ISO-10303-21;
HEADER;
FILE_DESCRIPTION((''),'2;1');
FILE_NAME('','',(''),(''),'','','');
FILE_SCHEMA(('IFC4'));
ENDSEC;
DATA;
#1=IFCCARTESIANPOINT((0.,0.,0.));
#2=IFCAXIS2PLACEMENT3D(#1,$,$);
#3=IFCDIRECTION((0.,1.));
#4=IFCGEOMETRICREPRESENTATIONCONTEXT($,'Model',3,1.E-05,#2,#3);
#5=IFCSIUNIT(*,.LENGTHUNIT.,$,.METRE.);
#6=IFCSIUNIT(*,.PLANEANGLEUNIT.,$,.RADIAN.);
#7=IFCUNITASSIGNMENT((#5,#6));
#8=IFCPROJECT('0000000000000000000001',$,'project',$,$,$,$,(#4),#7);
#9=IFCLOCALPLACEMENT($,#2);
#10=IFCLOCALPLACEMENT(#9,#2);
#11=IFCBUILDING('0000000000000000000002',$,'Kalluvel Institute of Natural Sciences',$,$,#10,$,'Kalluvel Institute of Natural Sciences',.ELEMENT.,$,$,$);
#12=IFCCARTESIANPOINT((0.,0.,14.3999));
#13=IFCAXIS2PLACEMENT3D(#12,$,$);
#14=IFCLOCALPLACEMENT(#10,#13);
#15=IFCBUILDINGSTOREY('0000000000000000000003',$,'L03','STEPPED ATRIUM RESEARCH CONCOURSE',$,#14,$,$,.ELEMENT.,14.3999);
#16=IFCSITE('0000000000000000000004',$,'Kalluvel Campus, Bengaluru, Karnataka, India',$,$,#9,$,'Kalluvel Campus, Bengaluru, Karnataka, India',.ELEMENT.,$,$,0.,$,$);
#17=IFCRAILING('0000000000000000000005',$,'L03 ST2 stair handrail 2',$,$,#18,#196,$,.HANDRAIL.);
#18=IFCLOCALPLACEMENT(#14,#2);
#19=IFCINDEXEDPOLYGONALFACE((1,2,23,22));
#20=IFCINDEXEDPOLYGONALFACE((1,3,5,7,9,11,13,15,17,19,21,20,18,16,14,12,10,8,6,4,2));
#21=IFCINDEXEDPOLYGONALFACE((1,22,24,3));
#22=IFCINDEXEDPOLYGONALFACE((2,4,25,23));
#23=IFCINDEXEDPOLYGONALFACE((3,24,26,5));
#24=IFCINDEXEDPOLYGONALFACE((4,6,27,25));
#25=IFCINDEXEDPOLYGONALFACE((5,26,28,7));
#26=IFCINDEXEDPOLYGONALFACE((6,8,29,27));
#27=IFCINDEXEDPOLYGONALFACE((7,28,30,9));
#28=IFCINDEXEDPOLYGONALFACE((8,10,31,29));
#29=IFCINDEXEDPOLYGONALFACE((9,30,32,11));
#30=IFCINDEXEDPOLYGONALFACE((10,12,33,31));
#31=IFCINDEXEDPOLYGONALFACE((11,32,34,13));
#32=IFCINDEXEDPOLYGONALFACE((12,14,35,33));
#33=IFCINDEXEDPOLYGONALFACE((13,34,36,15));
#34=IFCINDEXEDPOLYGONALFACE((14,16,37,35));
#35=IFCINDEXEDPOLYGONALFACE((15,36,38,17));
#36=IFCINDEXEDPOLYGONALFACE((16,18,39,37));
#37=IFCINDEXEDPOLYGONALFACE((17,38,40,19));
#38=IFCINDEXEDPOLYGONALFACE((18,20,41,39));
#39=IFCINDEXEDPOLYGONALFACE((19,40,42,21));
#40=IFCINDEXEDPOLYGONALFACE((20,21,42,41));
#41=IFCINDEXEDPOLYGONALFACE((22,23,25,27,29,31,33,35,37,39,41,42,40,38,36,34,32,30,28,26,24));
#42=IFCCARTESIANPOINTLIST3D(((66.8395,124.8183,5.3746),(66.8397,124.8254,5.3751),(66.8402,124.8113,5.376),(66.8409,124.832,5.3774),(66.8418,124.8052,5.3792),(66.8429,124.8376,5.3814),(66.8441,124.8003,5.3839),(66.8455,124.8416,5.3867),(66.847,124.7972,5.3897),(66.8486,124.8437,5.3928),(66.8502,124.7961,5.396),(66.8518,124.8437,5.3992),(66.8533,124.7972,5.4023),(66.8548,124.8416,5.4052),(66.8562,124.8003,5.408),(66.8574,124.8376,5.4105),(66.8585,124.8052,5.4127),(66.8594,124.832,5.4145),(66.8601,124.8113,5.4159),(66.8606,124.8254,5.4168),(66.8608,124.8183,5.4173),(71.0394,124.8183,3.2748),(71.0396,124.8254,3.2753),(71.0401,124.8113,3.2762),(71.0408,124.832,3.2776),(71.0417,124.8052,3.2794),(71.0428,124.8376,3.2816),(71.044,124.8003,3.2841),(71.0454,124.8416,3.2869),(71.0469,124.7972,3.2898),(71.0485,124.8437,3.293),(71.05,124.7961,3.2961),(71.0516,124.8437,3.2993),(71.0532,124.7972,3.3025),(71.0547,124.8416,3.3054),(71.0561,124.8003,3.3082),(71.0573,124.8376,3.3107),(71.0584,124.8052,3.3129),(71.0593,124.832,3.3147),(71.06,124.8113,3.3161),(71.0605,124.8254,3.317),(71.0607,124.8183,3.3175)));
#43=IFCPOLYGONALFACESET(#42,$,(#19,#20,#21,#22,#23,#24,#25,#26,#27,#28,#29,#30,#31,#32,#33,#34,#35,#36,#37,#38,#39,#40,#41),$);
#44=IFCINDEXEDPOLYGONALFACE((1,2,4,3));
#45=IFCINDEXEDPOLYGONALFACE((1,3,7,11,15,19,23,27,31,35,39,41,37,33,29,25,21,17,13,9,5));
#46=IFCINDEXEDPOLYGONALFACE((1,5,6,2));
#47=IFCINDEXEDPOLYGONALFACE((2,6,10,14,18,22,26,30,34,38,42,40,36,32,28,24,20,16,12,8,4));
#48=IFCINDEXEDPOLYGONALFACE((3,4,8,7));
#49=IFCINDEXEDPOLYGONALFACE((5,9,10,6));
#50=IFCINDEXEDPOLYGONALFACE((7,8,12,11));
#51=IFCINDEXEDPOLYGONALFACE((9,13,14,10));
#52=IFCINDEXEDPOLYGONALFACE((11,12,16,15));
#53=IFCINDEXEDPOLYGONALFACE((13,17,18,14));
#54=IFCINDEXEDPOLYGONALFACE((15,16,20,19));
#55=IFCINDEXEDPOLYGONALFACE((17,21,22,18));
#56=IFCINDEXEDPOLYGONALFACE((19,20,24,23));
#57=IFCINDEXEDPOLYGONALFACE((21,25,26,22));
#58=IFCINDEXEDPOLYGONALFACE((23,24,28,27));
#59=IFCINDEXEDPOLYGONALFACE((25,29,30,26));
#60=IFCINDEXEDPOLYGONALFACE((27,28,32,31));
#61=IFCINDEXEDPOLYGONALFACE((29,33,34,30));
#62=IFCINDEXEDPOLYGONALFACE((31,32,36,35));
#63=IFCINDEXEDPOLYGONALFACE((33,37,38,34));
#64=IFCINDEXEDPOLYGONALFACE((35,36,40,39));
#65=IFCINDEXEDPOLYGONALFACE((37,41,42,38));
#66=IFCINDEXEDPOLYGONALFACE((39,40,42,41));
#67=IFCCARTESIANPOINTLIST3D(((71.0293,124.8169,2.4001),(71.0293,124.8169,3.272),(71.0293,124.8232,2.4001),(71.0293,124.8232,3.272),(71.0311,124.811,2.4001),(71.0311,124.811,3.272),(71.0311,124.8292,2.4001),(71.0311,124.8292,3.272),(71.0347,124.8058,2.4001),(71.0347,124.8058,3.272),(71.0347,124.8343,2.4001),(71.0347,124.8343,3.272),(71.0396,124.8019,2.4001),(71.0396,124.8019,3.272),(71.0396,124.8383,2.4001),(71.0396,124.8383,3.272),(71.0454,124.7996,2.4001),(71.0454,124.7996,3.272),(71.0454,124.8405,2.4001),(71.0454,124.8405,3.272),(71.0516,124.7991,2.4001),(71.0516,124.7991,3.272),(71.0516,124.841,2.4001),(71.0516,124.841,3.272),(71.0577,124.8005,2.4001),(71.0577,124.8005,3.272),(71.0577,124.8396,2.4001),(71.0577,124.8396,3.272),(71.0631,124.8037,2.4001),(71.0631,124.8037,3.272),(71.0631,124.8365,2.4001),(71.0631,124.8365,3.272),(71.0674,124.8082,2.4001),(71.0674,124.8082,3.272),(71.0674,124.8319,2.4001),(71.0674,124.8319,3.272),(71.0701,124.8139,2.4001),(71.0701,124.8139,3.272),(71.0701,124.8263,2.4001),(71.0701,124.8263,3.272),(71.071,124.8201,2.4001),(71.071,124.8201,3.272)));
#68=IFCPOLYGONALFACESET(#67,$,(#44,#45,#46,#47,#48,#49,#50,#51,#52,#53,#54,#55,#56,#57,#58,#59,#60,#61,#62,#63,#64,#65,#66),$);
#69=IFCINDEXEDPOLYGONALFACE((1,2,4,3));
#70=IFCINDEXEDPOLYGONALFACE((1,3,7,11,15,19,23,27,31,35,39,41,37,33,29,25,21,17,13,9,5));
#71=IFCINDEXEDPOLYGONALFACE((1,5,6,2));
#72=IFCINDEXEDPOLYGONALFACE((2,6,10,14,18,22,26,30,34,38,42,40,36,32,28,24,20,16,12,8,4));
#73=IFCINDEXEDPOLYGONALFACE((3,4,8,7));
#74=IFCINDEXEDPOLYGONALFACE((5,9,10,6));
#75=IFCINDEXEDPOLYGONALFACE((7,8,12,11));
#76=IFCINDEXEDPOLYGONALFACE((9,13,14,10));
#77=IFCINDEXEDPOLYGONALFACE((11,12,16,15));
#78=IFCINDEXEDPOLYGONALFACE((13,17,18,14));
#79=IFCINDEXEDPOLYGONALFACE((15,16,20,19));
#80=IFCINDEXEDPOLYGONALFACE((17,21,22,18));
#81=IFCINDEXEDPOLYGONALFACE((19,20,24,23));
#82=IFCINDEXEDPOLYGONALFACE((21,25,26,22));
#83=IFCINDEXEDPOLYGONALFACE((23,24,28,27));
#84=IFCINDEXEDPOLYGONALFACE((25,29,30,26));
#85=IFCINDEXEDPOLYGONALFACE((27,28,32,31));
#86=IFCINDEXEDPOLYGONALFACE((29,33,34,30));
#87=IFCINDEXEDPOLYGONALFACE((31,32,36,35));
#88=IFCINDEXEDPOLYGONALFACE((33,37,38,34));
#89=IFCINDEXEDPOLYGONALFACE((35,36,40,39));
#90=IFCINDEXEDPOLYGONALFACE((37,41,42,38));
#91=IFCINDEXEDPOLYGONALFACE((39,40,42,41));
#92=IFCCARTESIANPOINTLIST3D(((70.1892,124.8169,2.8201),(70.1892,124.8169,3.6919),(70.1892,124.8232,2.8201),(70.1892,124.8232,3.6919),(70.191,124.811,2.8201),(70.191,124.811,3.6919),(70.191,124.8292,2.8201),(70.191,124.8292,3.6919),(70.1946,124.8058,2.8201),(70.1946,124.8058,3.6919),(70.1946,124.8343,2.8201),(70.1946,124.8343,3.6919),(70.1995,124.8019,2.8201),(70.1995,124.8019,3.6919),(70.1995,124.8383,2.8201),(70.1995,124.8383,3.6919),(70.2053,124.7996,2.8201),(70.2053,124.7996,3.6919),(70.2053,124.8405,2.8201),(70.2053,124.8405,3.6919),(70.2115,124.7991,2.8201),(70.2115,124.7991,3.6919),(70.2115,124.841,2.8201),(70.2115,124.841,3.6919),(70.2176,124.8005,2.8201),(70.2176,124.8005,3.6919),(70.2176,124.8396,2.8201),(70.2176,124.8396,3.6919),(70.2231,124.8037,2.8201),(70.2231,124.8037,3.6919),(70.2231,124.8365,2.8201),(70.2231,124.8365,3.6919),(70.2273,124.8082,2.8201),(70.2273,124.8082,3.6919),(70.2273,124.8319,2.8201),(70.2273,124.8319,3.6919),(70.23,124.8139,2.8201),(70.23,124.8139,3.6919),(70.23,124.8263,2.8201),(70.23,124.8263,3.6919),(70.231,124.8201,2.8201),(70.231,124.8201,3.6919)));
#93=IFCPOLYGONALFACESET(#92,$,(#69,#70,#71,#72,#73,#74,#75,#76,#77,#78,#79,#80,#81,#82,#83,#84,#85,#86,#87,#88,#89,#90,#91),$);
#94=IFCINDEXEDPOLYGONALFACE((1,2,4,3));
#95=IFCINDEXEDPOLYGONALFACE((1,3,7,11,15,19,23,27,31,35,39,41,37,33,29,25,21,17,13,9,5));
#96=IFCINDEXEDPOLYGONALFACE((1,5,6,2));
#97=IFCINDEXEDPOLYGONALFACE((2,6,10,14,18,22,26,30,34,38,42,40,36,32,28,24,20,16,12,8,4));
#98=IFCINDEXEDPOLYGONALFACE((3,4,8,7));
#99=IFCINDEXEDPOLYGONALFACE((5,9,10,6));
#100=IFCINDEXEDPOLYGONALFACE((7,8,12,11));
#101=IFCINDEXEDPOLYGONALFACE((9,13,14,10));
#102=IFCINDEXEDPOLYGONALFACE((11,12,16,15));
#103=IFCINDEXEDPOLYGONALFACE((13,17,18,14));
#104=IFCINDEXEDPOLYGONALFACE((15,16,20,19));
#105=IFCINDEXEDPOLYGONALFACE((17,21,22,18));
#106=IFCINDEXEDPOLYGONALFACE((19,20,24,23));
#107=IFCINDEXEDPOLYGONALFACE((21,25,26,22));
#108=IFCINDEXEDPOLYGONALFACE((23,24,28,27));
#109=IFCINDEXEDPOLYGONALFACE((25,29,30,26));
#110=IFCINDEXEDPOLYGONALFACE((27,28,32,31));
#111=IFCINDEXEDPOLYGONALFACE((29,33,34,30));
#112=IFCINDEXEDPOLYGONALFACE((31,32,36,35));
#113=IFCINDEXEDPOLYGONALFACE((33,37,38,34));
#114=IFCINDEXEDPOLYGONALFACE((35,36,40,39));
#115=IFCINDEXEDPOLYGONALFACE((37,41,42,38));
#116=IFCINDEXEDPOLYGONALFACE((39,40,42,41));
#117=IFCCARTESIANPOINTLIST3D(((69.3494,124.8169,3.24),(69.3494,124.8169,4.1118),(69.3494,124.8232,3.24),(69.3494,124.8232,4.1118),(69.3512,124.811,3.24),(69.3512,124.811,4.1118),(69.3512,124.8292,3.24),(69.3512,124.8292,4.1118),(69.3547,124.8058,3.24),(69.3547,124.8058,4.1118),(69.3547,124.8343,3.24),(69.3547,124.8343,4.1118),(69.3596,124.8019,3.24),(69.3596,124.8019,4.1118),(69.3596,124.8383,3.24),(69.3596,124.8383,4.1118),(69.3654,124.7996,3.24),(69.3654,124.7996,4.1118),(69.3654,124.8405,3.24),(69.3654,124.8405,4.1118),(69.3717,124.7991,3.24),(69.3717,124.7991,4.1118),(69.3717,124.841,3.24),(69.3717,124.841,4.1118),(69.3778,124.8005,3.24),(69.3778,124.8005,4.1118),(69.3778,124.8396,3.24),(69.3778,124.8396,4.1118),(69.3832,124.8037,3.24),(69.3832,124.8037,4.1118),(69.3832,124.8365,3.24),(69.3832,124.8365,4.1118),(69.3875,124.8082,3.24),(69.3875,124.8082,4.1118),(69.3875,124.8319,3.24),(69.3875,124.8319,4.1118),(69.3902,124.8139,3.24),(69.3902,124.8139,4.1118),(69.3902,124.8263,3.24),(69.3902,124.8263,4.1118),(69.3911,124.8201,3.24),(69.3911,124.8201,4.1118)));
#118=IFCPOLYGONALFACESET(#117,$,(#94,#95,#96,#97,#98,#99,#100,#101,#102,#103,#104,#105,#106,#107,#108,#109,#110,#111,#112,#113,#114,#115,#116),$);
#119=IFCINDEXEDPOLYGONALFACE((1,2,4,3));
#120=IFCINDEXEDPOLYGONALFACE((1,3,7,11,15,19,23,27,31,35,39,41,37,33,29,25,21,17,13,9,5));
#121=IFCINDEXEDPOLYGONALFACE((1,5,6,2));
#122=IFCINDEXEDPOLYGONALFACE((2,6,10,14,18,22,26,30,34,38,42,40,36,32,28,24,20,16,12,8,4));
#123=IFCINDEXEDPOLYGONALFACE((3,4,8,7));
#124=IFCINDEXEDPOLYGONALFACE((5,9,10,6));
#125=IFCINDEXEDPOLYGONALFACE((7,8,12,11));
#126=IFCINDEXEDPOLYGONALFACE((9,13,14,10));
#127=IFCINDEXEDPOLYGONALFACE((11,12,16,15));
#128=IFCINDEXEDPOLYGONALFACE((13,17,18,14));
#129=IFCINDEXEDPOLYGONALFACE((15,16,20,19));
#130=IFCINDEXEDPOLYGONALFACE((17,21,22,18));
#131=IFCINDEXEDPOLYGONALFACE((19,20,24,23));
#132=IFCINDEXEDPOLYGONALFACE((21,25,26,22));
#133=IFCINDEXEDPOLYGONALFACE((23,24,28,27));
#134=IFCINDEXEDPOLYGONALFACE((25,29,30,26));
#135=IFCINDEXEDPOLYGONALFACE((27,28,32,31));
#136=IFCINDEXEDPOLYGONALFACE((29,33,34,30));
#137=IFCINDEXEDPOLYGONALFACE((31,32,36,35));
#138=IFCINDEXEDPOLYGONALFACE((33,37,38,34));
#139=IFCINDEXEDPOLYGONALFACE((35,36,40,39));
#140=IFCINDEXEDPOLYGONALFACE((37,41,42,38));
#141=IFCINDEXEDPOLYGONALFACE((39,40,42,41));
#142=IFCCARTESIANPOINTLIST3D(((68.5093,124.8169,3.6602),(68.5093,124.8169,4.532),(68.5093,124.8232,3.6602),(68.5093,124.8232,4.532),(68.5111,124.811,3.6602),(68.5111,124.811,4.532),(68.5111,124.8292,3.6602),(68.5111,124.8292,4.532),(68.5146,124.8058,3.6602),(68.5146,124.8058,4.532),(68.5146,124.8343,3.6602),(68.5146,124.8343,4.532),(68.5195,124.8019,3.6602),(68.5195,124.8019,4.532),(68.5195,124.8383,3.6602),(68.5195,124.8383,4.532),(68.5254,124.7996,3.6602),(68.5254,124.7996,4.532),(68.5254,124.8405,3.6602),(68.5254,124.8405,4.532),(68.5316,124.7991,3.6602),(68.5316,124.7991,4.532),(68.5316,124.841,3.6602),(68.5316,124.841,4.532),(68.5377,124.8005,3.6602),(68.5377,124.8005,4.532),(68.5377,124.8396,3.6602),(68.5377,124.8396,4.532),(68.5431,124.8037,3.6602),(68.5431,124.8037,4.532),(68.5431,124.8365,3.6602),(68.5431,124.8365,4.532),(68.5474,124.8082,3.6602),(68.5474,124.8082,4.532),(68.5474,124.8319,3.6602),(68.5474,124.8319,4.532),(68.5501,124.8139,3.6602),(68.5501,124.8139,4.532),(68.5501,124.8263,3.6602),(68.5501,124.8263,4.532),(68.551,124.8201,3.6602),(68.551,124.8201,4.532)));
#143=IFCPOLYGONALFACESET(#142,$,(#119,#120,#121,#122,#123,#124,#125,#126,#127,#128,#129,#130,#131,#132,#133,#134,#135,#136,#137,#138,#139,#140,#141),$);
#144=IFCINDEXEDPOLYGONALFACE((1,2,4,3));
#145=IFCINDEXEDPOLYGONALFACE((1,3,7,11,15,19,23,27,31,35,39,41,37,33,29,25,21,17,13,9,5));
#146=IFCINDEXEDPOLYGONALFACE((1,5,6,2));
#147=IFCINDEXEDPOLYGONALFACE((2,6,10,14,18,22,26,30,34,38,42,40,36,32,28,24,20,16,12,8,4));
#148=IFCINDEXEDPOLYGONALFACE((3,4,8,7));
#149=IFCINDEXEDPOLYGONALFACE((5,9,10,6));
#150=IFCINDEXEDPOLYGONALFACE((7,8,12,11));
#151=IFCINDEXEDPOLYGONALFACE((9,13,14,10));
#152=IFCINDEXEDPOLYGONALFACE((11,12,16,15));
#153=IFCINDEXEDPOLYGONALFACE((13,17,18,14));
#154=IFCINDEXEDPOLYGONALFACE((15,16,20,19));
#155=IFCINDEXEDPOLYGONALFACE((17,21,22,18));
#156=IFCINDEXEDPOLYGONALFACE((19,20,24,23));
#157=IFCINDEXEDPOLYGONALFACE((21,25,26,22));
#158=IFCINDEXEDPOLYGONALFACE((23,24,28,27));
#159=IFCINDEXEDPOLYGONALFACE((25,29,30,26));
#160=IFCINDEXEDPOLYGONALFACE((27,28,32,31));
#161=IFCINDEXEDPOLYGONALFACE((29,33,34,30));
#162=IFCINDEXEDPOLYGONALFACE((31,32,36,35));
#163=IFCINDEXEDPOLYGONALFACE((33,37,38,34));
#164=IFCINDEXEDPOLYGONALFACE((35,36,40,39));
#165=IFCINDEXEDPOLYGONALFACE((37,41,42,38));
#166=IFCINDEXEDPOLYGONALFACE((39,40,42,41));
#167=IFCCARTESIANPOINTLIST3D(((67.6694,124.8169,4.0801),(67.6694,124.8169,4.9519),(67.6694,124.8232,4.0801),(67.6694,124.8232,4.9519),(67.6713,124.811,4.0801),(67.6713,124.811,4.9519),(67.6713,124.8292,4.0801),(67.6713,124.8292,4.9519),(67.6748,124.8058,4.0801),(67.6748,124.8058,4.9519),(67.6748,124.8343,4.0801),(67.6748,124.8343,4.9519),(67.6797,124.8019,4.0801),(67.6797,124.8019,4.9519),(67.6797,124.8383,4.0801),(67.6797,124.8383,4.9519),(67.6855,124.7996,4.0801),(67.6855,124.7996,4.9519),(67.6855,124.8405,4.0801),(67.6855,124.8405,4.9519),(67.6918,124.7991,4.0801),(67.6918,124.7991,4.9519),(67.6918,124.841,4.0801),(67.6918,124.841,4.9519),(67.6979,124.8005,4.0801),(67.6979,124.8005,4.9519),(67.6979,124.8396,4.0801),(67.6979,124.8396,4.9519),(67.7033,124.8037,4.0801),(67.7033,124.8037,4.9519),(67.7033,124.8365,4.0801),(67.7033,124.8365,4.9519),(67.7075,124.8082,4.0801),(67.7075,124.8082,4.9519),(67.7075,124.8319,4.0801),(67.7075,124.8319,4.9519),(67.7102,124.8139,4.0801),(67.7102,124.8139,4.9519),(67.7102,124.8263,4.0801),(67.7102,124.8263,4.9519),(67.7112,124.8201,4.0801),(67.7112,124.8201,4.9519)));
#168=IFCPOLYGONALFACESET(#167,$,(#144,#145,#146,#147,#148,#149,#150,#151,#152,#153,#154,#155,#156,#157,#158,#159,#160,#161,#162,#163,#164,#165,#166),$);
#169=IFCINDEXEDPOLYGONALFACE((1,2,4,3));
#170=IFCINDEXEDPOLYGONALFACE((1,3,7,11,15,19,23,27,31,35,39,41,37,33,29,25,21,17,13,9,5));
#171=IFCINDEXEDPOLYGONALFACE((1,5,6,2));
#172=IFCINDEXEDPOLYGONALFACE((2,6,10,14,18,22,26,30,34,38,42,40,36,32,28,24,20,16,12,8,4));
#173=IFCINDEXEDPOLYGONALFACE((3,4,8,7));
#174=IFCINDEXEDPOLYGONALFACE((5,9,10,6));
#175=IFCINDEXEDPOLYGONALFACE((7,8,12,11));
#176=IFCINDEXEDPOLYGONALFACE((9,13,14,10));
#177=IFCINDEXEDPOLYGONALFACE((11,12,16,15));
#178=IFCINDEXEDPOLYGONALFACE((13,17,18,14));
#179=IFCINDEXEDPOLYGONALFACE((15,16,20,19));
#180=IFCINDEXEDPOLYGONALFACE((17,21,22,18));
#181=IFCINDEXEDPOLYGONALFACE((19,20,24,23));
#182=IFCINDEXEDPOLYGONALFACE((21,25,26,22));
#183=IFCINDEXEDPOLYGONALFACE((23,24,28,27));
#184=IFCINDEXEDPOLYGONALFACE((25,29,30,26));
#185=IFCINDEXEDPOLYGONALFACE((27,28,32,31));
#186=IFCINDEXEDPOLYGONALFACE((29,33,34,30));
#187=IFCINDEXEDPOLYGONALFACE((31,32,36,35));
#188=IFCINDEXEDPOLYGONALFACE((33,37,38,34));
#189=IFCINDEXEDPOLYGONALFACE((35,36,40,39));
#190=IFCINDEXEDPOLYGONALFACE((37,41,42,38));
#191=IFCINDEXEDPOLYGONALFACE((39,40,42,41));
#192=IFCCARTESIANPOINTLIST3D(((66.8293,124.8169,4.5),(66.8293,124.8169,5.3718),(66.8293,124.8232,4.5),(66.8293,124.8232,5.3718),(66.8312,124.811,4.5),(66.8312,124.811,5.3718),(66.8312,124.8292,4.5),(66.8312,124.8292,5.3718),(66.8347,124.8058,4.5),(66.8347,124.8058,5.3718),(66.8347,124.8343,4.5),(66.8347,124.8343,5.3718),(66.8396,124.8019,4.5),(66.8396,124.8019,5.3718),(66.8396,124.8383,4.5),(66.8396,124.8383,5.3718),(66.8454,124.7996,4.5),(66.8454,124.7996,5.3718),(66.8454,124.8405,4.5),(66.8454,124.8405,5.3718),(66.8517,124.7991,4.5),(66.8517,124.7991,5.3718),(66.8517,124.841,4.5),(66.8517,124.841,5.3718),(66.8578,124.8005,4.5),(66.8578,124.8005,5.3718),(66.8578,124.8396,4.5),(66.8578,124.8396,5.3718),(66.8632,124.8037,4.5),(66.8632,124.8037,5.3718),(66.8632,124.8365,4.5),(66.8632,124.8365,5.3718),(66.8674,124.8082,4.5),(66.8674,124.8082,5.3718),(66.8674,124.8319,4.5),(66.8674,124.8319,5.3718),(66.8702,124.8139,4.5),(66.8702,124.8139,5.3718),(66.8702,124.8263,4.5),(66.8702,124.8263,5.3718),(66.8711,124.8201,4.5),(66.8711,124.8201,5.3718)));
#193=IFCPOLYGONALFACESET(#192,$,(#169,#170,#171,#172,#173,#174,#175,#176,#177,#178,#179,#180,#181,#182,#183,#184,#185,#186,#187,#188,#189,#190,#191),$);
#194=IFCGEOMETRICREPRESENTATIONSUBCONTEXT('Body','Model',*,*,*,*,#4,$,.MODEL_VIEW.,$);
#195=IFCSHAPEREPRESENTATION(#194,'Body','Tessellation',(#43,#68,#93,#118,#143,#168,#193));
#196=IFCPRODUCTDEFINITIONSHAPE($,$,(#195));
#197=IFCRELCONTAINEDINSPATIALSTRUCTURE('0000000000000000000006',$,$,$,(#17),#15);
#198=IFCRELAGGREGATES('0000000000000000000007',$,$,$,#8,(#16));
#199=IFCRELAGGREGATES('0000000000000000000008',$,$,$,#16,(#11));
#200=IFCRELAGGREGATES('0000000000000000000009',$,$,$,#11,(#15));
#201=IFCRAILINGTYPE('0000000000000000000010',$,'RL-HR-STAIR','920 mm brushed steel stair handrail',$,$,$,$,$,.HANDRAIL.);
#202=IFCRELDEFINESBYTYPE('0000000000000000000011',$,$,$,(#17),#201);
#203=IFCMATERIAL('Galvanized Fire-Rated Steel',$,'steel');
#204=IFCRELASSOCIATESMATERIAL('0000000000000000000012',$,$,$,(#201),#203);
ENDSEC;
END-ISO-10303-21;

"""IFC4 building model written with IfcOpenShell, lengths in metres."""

from ifc_helpers import new_model, si_unit, direction, frame, origin, origin_2d, place, context, subcontext, project, spatial, circle, extrude, material, type_object, element, save


model = new_model("IFC4")

# Units and contexts
model_context = context("Model", 3, precision=1e-05, world=origin(), true_north=direction((0.0, 1.0)))
body_context = subcontext(model_context, "Body", "Model", "MODEL_VIEW")
ifc_project = project(units=[si_unit("LENGTHUNIT", "METRE"), si_unit("PLANEANGLEUNIT", "RADIAN")], contexts=[model_context])

# Site, building, storey
site_placement = place(None, origin())
site = spatial("IfcSite", under=ifc_project, at=site_placement, Name="Kalluvel Campus, Bengaluru, Karnataka, India", LongName="Kalluvel Campus, Bengaluru, Karnataka, India", CompositionType="ELEMENT", RefElevation=0.0)
building_placement = place(site_placement, origin())
building = spatial("IfcBuilding", under=site, at=building_placement, Name="Kalluvel Institute of Natural Sciences", LongName="Kalluvel Institute of Natural Sciences", CompositionType="ELEMENT")
storey_placement = place(building_placement, frame((0.0, 0.0, 14.3999)))
storey = spatial("IfcBuildingStorey", under=building, at=storey_placement, Name="L03", Description="STEPPED ATRIUM RESEARCH CONCOURSE", CompositionType="ELEMENT", Elevation=14.3999)

# Railing
ifc_material_1 = material(Name="Galvanized Fire-Rated Steel", Category="steel")
railing_type_1 = type_object("IfcRailingType", Name="RL-HR-STAIR", Description="920 mm brushed steel stair handrail", PredefinedType="HANDRAIL", material=ifc_material_1)
railing_1_placement = place(storey_placement, frame((71.05, 124.8201, 2.4001)))
element("IfcRailing", 1, at=railing_1_placement, inside=storey, type_object=railing_type_1, Name="L03 ST2 stair handrail 2", PredefinedType="HANDRAIL", context=body_context, shape_type="SweptSolid", body=[
    extrude(circle(Radius=0.0239, at=origin_2d()), frame((0.0, 0.0, 0.896), z_axis=(-0.894438, 0.0, 0.447193), x_axis=(0.0, -1.0, 0.0)), (0.0, 0.0, 1.0), 4.6956),
    extrude(circle(Radius=0.021, at=origin_2d()), origin(), (0.0, 0.0, 1.0), 0.8718),
    extrude(circle(Radius=0.021, at=origin_2d()), frame((-0.8401, 0.0, 0.4199)), (0.0, 0.0, 1.0), 0.8718),
    extrude(circle(Radius=0.021, at=origin_2d()), frame((-1.6799, 0.0, 0.8398)), (0.0, 0.0, 1.0), 0.8718),
    extrude(circle(Radius=0.021, at=origin_2d()), frame((-2.52, 0.0, 1.26)), (0.0, 0.0, 1.0), 0.8718),
    extrude(circle(Radius=0.021, at=origin_2d()), frame((-3.3599, 0.0, 1.6799)), (0.0, 0.0, 1.0), 0.8718),
    extrude(circle(Radius=0.021, at=origin_2d()), frame((-4.2, 0.0, 2.0999)), (0.0, 0.0, 1.0), 0.8718),
])

save(model, "model.ifc")
